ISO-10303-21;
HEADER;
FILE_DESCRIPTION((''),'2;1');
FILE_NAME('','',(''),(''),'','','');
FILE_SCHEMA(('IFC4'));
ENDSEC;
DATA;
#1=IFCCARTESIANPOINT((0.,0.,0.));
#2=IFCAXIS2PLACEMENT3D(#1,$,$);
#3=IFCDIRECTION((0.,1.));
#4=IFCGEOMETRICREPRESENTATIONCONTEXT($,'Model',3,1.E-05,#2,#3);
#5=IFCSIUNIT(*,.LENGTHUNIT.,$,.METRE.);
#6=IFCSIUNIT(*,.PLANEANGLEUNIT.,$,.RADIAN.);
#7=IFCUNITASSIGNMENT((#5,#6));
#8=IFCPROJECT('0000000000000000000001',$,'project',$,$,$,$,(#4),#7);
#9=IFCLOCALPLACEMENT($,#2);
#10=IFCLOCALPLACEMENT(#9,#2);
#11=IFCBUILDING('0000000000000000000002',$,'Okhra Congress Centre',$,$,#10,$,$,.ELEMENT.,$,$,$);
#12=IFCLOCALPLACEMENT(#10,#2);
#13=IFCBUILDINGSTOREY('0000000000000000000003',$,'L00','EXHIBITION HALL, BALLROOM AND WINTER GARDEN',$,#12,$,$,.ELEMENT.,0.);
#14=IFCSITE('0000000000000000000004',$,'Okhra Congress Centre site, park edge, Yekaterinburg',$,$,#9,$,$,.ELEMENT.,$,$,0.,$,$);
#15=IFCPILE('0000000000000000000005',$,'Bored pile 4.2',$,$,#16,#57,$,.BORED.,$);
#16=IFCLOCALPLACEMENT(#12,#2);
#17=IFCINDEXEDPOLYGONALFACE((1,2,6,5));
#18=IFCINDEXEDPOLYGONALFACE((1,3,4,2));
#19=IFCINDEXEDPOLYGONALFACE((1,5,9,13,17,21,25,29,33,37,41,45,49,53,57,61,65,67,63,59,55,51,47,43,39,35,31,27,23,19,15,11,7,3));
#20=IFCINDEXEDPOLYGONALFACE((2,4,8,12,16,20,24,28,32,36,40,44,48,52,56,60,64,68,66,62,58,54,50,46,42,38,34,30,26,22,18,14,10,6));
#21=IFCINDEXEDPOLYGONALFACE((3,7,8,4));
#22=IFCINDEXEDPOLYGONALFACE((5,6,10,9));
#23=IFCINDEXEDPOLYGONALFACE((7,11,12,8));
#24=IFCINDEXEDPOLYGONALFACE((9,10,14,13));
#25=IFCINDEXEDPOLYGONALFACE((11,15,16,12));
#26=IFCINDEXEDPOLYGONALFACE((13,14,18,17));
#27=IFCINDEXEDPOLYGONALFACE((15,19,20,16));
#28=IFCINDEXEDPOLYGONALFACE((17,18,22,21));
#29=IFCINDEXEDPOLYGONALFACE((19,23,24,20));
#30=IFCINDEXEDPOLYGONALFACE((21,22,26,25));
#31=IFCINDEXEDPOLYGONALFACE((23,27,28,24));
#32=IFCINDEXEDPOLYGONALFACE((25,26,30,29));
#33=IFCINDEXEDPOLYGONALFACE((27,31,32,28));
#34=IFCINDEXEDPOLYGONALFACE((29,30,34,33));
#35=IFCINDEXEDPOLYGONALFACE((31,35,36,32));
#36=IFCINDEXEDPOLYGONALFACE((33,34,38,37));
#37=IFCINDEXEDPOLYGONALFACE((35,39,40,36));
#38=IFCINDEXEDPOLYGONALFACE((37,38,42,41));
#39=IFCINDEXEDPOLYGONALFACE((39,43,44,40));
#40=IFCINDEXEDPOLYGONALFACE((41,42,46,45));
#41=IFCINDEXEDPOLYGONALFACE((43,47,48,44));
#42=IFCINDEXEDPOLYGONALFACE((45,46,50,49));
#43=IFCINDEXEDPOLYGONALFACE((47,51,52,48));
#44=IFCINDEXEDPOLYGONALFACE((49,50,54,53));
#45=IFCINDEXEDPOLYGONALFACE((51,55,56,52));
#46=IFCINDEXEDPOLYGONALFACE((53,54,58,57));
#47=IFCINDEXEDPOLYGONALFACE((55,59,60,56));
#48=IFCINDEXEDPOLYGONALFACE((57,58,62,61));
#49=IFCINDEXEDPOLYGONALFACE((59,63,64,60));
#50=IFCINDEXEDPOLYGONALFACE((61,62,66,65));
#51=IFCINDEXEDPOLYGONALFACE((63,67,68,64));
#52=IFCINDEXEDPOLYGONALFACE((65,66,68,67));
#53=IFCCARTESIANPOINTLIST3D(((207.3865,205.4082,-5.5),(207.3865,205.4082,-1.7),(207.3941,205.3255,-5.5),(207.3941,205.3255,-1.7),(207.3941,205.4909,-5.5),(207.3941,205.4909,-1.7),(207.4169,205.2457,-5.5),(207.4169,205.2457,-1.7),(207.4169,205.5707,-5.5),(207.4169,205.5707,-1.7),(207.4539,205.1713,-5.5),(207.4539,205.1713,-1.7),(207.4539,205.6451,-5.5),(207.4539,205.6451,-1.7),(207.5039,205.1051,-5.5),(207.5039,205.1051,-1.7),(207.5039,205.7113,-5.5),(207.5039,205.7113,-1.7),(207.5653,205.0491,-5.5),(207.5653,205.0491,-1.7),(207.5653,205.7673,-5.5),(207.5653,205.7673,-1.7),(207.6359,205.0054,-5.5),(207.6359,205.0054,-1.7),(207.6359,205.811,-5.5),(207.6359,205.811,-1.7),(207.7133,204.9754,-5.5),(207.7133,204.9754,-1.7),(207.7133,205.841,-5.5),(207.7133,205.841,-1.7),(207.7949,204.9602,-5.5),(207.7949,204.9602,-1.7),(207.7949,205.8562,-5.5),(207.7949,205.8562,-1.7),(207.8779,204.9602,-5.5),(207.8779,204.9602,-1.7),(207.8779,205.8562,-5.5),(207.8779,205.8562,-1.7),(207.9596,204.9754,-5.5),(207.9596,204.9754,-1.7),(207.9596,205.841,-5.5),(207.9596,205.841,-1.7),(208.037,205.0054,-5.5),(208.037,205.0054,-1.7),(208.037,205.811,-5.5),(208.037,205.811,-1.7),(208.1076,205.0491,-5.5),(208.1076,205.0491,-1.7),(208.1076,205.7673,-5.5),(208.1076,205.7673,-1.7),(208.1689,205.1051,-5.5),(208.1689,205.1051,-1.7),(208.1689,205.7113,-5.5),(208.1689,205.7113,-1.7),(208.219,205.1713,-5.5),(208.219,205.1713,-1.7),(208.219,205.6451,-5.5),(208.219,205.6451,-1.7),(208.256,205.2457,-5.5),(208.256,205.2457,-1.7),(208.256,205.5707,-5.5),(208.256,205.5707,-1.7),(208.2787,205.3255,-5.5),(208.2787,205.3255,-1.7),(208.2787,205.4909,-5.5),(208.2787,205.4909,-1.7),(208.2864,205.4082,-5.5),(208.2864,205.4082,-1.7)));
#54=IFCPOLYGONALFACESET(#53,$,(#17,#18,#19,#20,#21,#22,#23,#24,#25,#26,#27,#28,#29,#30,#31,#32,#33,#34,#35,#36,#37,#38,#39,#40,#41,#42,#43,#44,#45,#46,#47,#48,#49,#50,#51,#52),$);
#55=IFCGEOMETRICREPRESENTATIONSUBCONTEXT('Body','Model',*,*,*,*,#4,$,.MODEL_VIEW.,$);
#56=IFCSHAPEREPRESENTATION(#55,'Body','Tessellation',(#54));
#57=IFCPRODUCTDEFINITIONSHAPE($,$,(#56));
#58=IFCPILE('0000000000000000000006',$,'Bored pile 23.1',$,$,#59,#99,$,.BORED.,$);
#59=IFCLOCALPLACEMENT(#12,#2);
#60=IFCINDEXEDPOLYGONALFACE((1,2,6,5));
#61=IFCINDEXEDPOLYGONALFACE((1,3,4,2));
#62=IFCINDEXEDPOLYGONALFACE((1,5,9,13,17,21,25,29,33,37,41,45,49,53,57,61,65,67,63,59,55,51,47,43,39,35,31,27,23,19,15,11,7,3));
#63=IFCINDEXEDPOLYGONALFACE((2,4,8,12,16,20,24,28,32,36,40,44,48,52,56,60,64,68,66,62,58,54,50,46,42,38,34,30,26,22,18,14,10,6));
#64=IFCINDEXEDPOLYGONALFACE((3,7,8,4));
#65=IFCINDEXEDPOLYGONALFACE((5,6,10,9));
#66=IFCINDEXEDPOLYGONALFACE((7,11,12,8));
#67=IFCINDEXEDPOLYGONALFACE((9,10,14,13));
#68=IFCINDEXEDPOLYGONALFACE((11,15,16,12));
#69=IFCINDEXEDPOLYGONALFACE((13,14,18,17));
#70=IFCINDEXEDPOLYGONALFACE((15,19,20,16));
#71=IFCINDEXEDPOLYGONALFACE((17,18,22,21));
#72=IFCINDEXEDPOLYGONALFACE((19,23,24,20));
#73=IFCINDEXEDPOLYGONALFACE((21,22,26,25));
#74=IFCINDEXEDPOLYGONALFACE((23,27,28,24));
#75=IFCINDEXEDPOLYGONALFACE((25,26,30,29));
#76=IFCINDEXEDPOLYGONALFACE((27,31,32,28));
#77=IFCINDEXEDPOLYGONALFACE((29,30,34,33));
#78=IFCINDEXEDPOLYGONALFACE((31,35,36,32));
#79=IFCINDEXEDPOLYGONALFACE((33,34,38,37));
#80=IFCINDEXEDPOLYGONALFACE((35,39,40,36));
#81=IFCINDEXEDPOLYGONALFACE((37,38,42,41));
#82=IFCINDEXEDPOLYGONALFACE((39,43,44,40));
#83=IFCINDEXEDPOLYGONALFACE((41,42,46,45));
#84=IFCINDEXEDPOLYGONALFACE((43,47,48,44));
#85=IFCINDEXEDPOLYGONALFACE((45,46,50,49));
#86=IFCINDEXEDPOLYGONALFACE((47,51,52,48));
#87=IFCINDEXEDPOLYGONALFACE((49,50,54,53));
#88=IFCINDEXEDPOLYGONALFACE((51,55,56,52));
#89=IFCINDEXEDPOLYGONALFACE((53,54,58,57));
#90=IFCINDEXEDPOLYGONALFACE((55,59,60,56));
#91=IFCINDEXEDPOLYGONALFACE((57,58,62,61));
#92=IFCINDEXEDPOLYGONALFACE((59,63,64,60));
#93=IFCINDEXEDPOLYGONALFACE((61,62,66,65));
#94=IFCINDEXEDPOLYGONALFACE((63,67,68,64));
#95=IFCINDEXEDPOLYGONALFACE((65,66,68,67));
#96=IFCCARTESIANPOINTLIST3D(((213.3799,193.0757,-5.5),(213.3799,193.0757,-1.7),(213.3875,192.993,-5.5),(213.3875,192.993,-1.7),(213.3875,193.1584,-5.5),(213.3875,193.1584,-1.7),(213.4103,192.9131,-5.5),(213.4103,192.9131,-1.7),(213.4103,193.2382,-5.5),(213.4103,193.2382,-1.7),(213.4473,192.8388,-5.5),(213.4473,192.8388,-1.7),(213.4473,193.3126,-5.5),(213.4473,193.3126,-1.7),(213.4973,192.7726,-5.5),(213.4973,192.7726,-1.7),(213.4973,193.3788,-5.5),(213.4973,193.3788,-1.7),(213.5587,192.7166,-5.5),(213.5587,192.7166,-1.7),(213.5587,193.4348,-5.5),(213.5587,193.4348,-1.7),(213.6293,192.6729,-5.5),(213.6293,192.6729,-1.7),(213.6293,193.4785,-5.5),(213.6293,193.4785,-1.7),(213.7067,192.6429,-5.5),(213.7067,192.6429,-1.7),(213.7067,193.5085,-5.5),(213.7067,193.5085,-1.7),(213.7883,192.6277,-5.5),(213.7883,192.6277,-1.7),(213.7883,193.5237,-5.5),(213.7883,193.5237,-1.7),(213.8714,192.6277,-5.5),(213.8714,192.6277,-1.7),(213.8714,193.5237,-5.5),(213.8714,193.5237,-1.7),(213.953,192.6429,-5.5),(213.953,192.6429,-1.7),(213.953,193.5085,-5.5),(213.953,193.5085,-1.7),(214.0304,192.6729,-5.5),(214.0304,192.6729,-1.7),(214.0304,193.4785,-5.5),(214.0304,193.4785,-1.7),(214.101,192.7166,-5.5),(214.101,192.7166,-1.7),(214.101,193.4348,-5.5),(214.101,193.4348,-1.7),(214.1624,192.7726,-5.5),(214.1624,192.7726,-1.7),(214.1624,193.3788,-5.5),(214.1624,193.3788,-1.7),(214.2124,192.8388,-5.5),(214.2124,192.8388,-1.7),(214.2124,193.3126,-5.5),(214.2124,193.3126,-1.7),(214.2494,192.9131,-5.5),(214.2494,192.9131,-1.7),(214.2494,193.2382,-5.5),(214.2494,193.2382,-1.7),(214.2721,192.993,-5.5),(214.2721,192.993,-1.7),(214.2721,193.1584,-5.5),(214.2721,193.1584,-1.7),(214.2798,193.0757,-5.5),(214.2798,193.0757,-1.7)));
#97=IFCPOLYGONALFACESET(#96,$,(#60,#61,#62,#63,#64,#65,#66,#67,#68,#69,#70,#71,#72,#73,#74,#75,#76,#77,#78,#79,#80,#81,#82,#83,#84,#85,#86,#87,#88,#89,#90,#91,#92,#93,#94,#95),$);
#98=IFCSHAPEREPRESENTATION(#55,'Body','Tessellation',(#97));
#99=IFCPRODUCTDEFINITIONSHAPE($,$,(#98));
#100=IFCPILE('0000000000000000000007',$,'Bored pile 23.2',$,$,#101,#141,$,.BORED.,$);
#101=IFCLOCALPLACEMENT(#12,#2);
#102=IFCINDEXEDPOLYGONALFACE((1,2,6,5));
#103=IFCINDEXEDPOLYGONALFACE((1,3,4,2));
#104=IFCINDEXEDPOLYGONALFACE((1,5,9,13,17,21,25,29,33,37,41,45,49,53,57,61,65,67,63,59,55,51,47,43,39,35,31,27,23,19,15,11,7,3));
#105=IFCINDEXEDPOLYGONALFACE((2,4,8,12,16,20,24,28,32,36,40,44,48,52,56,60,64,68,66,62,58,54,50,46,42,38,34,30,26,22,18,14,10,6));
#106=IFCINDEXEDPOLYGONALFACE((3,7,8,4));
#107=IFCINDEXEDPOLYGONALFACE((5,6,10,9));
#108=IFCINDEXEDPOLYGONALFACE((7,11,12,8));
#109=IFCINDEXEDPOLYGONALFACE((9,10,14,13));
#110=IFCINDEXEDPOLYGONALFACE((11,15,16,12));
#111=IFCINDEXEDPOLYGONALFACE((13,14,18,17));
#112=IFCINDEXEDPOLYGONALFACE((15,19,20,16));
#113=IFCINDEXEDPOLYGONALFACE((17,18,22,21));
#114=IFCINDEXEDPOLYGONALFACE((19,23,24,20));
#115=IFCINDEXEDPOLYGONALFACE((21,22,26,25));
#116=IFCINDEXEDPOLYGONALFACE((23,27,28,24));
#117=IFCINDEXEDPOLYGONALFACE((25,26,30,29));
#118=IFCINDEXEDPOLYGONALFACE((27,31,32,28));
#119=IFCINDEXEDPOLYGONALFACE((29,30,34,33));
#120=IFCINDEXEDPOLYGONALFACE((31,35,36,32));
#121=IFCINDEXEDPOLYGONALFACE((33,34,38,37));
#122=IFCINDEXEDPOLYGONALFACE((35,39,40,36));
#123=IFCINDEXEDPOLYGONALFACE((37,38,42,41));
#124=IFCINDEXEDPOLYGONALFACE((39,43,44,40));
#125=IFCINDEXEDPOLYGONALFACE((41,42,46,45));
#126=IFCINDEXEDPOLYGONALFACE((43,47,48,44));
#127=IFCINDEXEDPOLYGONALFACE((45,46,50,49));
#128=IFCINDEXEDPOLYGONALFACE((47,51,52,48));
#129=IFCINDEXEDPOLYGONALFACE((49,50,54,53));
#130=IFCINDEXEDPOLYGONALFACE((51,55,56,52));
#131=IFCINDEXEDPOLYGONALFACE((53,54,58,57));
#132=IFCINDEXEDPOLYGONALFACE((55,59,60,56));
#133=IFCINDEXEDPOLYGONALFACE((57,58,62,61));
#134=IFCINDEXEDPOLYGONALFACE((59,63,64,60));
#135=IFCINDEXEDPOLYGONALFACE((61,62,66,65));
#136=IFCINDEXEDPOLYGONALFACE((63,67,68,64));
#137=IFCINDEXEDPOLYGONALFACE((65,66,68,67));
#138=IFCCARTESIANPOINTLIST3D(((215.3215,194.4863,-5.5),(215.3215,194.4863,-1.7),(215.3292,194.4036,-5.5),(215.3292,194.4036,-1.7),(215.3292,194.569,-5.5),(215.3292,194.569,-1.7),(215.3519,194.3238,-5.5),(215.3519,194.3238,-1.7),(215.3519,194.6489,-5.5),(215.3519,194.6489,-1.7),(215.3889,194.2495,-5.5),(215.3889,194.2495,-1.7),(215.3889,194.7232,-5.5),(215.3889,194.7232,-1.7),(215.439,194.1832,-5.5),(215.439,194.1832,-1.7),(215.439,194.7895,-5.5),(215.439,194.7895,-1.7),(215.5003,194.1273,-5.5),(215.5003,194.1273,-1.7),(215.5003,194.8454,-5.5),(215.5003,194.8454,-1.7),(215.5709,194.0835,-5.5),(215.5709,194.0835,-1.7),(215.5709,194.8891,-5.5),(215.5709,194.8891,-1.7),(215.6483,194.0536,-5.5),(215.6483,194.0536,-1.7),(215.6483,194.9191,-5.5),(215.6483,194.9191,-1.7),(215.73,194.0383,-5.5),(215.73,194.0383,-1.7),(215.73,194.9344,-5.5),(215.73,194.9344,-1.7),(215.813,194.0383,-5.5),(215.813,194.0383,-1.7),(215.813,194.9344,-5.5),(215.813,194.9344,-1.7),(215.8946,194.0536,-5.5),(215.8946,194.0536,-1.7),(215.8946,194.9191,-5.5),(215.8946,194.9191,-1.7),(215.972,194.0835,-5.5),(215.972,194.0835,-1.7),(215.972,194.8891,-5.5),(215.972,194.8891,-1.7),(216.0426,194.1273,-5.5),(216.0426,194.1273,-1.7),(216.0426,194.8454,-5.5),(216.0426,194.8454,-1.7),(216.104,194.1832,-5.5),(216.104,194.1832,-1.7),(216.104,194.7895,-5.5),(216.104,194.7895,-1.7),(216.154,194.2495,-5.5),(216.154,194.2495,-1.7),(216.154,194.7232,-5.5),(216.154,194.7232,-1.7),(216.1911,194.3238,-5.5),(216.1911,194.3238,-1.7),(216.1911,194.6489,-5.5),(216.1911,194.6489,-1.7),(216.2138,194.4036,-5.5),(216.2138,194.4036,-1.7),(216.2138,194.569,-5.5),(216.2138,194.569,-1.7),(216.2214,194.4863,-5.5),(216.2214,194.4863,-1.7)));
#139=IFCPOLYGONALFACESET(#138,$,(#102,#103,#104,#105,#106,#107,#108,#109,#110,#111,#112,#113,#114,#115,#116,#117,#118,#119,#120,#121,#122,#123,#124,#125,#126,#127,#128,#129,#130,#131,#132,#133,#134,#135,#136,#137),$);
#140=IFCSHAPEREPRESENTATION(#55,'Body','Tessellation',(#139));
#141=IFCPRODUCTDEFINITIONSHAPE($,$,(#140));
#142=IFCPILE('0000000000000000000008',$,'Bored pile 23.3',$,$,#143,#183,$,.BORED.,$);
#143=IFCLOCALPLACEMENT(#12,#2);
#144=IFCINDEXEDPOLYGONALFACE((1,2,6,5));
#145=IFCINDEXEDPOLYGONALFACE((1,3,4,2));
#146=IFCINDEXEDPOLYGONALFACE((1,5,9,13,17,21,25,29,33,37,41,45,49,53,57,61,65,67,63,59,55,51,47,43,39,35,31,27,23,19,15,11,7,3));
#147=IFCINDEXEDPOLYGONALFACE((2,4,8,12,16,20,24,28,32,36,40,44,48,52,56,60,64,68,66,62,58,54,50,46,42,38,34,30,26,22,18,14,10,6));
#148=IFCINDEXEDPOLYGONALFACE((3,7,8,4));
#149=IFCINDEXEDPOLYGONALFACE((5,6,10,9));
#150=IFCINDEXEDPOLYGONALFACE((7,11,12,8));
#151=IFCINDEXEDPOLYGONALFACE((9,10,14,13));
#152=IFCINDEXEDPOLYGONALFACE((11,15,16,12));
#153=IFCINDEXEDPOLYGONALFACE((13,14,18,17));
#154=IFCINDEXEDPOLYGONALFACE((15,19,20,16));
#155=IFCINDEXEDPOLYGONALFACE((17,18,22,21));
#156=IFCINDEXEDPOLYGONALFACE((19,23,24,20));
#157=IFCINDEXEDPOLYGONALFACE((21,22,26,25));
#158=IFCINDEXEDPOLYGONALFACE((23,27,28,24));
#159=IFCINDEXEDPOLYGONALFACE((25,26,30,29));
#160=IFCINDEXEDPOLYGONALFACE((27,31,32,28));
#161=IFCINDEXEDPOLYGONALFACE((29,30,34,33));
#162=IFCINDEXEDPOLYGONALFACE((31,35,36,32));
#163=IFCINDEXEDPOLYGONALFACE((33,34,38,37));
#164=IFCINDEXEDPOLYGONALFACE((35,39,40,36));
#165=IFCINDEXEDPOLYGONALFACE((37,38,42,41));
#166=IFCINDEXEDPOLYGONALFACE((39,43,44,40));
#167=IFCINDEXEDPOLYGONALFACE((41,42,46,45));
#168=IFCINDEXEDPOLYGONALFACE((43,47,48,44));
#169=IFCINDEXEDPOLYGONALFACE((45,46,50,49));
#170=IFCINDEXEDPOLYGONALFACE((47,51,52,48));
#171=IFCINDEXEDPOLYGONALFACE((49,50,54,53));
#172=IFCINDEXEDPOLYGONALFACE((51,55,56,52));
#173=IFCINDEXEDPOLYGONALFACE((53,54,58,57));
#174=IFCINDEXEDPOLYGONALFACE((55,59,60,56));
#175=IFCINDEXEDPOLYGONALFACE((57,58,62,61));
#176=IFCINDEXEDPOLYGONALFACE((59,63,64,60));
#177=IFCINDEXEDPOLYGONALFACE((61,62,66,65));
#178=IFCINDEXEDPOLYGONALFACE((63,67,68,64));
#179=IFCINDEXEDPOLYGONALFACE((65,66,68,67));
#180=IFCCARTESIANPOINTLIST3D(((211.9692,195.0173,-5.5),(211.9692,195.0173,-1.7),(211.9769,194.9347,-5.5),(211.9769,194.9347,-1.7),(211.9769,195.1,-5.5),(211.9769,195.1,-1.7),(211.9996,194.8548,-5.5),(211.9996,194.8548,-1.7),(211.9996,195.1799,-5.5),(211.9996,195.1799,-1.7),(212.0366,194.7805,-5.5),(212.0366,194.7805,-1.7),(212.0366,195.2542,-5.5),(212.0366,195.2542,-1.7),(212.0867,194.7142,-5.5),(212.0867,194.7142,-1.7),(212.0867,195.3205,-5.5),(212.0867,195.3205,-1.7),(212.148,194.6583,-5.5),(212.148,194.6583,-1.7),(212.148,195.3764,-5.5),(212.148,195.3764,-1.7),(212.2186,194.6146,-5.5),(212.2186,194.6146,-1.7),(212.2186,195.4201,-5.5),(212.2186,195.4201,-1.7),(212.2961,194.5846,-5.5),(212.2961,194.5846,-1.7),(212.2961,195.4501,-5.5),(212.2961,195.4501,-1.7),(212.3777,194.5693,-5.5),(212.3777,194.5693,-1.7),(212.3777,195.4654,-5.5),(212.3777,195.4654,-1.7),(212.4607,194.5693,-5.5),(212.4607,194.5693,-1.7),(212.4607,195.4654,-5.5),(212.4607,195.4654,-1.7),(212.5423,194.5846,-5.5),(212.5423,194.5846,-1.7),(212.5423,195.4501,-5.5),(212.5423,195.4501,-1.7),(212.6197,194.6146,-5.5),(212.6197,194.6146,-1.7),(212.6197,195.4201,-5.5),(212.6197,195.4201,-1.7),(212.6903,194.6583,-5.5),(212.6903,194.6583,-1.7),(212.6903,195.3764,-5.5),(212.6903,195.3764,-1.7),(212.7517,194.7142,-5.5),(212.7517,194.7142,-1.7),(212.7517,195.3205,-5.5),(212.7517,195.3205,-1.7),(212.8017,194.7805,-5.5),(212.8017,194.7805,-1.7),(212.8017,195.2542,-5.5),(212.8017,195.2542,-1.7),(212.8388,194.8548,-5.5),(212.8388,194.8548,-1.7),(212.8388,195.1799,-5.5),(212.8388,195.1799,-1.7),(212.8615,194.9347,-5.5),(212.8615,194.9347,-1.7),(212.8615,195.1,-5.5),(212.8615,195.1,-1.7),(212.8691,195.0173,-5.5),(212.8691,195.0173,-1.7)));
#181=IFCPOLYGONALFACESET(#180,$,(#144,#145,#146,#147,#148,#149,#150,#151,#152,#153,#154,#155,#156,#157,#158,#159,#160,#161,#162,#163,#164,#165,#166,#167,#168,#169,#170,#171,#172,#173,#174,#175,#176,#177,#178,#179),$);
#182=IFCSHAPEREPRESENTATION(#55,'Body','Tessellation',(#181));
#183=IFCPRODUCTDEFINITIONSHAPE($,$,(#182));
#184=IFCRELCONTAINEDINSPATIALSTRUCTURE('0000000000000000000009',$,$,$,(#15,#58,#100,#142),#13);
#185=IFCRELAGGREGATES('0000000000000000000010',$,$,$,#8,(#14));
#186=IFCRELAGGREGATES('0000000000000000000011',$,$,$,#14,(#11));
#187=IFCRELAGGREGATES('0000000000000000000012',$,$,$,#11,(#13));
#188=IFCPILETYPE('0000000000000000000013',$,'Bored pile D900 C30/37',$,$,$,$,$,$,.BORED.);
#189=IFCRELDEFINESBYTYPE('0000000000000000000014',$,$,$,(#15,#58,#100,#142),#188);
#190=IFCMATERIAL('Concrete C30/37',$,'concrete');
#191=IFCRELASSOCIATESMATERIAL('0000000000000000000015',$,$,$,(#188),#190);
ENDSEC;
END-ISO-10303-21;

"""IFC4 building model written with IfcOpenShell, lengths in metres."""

from ifc_helpers import new_model, si_unit, direction, frame, origin, origin_2d, place, context, subcontext, project, spatial, circle, extrude, material, material_profile, profile_set, type_object, element, save


model = new_model("IFC4")

# Units and contexts
model_context = context("Model", 3, precision=1e-05, world=origin(), true_north=direction((0.0, 1.0)))
body_context = subcontext(model_context, "Body", "Model", "MODEL_VIEW")
ifc_project = project(units=[si_unit("LENGTHUNIT", "METRE"), si_unit("PLANEANGLEUNIT", "RADIAN")], contexts=[model_context])

# Site, building, storey
site_placement = place(None, origin())
site = spatial("IfcSite", under=ifc_project, at=site_placement, Name="Okhra Congress Centre site, park edge, Yekaterinburg", CompositionType="ELEMENT", RefElevation=0.0)
building_placement = place(site_placement, origin())
building = spatial("IfcBuilding", under=site, at=building_placement, Name="Okhra Congress Centre", CompositionType="ELEMENT")
storey_placement = place(building_placement, origin())
storey = spatial("IfcBuildingStorey", under=building, at=storey_placement, Name="L00", Description="EXHIBITION HALL, BALLROOM AND WINTER GARDEN", CompositionType="ELEMENT", Elevation=0.0)

# Piles
ifc_material_1 = material(Name="Concrete C30/37", Category="concrete")
ifc_material_profile_1 = material_profile(ifc_material_1, circle(Radius=0.45, at=origin_2d()), Name="D900")
ifc_profile_set_1 = profile_set([ifc_material_profile_1], Name="Concrete C30/37")
pile_type = type_object("IfcPileType", Name="Bored pile D900 C30/37", PredefinedType="BORED", material=ifc_profile_set_1)
for number, where, z_axis, x_axis, name in (
    (1, (207.8364, 205.4082, -1.7), (0.0, 0.0, -1.0), (1.0, 0.0, 0.0), "Bored pile 4.2"),
    (2, (213.8298, 193.0757, -1.7), (0.0, 0.0, -1.0), (1.0, 0.0, 0.0), "Bored pile 23.1"),
    (3, (215.7715, 194.4863, -1.7), (0.0, 0.0, -1.0), (1.0, 0.0, 0.0), "Bored pile 23.2"),
    (4, (212.4192, 195.0173, -1.7), (0.0, 0.0, -1.0), (1.0, 0.0, 0.0), "Bored pile 23.3"),
):
    element("IfcPile", number, at=place(storey_placement, frame(where, z_axis=z_axis, x_axis=x_axis)), inside=storey, type_object=pile_type, Name=name, PredefinedType="BORED", context=body_context, shape_type="SweptSolid", body=[
        extrude(circle(Radius=0.45, at=origin_2d()), origin(), (0.0, 0.0, 1.0), 3.8),
    ])

save(model, "model.ifc")
